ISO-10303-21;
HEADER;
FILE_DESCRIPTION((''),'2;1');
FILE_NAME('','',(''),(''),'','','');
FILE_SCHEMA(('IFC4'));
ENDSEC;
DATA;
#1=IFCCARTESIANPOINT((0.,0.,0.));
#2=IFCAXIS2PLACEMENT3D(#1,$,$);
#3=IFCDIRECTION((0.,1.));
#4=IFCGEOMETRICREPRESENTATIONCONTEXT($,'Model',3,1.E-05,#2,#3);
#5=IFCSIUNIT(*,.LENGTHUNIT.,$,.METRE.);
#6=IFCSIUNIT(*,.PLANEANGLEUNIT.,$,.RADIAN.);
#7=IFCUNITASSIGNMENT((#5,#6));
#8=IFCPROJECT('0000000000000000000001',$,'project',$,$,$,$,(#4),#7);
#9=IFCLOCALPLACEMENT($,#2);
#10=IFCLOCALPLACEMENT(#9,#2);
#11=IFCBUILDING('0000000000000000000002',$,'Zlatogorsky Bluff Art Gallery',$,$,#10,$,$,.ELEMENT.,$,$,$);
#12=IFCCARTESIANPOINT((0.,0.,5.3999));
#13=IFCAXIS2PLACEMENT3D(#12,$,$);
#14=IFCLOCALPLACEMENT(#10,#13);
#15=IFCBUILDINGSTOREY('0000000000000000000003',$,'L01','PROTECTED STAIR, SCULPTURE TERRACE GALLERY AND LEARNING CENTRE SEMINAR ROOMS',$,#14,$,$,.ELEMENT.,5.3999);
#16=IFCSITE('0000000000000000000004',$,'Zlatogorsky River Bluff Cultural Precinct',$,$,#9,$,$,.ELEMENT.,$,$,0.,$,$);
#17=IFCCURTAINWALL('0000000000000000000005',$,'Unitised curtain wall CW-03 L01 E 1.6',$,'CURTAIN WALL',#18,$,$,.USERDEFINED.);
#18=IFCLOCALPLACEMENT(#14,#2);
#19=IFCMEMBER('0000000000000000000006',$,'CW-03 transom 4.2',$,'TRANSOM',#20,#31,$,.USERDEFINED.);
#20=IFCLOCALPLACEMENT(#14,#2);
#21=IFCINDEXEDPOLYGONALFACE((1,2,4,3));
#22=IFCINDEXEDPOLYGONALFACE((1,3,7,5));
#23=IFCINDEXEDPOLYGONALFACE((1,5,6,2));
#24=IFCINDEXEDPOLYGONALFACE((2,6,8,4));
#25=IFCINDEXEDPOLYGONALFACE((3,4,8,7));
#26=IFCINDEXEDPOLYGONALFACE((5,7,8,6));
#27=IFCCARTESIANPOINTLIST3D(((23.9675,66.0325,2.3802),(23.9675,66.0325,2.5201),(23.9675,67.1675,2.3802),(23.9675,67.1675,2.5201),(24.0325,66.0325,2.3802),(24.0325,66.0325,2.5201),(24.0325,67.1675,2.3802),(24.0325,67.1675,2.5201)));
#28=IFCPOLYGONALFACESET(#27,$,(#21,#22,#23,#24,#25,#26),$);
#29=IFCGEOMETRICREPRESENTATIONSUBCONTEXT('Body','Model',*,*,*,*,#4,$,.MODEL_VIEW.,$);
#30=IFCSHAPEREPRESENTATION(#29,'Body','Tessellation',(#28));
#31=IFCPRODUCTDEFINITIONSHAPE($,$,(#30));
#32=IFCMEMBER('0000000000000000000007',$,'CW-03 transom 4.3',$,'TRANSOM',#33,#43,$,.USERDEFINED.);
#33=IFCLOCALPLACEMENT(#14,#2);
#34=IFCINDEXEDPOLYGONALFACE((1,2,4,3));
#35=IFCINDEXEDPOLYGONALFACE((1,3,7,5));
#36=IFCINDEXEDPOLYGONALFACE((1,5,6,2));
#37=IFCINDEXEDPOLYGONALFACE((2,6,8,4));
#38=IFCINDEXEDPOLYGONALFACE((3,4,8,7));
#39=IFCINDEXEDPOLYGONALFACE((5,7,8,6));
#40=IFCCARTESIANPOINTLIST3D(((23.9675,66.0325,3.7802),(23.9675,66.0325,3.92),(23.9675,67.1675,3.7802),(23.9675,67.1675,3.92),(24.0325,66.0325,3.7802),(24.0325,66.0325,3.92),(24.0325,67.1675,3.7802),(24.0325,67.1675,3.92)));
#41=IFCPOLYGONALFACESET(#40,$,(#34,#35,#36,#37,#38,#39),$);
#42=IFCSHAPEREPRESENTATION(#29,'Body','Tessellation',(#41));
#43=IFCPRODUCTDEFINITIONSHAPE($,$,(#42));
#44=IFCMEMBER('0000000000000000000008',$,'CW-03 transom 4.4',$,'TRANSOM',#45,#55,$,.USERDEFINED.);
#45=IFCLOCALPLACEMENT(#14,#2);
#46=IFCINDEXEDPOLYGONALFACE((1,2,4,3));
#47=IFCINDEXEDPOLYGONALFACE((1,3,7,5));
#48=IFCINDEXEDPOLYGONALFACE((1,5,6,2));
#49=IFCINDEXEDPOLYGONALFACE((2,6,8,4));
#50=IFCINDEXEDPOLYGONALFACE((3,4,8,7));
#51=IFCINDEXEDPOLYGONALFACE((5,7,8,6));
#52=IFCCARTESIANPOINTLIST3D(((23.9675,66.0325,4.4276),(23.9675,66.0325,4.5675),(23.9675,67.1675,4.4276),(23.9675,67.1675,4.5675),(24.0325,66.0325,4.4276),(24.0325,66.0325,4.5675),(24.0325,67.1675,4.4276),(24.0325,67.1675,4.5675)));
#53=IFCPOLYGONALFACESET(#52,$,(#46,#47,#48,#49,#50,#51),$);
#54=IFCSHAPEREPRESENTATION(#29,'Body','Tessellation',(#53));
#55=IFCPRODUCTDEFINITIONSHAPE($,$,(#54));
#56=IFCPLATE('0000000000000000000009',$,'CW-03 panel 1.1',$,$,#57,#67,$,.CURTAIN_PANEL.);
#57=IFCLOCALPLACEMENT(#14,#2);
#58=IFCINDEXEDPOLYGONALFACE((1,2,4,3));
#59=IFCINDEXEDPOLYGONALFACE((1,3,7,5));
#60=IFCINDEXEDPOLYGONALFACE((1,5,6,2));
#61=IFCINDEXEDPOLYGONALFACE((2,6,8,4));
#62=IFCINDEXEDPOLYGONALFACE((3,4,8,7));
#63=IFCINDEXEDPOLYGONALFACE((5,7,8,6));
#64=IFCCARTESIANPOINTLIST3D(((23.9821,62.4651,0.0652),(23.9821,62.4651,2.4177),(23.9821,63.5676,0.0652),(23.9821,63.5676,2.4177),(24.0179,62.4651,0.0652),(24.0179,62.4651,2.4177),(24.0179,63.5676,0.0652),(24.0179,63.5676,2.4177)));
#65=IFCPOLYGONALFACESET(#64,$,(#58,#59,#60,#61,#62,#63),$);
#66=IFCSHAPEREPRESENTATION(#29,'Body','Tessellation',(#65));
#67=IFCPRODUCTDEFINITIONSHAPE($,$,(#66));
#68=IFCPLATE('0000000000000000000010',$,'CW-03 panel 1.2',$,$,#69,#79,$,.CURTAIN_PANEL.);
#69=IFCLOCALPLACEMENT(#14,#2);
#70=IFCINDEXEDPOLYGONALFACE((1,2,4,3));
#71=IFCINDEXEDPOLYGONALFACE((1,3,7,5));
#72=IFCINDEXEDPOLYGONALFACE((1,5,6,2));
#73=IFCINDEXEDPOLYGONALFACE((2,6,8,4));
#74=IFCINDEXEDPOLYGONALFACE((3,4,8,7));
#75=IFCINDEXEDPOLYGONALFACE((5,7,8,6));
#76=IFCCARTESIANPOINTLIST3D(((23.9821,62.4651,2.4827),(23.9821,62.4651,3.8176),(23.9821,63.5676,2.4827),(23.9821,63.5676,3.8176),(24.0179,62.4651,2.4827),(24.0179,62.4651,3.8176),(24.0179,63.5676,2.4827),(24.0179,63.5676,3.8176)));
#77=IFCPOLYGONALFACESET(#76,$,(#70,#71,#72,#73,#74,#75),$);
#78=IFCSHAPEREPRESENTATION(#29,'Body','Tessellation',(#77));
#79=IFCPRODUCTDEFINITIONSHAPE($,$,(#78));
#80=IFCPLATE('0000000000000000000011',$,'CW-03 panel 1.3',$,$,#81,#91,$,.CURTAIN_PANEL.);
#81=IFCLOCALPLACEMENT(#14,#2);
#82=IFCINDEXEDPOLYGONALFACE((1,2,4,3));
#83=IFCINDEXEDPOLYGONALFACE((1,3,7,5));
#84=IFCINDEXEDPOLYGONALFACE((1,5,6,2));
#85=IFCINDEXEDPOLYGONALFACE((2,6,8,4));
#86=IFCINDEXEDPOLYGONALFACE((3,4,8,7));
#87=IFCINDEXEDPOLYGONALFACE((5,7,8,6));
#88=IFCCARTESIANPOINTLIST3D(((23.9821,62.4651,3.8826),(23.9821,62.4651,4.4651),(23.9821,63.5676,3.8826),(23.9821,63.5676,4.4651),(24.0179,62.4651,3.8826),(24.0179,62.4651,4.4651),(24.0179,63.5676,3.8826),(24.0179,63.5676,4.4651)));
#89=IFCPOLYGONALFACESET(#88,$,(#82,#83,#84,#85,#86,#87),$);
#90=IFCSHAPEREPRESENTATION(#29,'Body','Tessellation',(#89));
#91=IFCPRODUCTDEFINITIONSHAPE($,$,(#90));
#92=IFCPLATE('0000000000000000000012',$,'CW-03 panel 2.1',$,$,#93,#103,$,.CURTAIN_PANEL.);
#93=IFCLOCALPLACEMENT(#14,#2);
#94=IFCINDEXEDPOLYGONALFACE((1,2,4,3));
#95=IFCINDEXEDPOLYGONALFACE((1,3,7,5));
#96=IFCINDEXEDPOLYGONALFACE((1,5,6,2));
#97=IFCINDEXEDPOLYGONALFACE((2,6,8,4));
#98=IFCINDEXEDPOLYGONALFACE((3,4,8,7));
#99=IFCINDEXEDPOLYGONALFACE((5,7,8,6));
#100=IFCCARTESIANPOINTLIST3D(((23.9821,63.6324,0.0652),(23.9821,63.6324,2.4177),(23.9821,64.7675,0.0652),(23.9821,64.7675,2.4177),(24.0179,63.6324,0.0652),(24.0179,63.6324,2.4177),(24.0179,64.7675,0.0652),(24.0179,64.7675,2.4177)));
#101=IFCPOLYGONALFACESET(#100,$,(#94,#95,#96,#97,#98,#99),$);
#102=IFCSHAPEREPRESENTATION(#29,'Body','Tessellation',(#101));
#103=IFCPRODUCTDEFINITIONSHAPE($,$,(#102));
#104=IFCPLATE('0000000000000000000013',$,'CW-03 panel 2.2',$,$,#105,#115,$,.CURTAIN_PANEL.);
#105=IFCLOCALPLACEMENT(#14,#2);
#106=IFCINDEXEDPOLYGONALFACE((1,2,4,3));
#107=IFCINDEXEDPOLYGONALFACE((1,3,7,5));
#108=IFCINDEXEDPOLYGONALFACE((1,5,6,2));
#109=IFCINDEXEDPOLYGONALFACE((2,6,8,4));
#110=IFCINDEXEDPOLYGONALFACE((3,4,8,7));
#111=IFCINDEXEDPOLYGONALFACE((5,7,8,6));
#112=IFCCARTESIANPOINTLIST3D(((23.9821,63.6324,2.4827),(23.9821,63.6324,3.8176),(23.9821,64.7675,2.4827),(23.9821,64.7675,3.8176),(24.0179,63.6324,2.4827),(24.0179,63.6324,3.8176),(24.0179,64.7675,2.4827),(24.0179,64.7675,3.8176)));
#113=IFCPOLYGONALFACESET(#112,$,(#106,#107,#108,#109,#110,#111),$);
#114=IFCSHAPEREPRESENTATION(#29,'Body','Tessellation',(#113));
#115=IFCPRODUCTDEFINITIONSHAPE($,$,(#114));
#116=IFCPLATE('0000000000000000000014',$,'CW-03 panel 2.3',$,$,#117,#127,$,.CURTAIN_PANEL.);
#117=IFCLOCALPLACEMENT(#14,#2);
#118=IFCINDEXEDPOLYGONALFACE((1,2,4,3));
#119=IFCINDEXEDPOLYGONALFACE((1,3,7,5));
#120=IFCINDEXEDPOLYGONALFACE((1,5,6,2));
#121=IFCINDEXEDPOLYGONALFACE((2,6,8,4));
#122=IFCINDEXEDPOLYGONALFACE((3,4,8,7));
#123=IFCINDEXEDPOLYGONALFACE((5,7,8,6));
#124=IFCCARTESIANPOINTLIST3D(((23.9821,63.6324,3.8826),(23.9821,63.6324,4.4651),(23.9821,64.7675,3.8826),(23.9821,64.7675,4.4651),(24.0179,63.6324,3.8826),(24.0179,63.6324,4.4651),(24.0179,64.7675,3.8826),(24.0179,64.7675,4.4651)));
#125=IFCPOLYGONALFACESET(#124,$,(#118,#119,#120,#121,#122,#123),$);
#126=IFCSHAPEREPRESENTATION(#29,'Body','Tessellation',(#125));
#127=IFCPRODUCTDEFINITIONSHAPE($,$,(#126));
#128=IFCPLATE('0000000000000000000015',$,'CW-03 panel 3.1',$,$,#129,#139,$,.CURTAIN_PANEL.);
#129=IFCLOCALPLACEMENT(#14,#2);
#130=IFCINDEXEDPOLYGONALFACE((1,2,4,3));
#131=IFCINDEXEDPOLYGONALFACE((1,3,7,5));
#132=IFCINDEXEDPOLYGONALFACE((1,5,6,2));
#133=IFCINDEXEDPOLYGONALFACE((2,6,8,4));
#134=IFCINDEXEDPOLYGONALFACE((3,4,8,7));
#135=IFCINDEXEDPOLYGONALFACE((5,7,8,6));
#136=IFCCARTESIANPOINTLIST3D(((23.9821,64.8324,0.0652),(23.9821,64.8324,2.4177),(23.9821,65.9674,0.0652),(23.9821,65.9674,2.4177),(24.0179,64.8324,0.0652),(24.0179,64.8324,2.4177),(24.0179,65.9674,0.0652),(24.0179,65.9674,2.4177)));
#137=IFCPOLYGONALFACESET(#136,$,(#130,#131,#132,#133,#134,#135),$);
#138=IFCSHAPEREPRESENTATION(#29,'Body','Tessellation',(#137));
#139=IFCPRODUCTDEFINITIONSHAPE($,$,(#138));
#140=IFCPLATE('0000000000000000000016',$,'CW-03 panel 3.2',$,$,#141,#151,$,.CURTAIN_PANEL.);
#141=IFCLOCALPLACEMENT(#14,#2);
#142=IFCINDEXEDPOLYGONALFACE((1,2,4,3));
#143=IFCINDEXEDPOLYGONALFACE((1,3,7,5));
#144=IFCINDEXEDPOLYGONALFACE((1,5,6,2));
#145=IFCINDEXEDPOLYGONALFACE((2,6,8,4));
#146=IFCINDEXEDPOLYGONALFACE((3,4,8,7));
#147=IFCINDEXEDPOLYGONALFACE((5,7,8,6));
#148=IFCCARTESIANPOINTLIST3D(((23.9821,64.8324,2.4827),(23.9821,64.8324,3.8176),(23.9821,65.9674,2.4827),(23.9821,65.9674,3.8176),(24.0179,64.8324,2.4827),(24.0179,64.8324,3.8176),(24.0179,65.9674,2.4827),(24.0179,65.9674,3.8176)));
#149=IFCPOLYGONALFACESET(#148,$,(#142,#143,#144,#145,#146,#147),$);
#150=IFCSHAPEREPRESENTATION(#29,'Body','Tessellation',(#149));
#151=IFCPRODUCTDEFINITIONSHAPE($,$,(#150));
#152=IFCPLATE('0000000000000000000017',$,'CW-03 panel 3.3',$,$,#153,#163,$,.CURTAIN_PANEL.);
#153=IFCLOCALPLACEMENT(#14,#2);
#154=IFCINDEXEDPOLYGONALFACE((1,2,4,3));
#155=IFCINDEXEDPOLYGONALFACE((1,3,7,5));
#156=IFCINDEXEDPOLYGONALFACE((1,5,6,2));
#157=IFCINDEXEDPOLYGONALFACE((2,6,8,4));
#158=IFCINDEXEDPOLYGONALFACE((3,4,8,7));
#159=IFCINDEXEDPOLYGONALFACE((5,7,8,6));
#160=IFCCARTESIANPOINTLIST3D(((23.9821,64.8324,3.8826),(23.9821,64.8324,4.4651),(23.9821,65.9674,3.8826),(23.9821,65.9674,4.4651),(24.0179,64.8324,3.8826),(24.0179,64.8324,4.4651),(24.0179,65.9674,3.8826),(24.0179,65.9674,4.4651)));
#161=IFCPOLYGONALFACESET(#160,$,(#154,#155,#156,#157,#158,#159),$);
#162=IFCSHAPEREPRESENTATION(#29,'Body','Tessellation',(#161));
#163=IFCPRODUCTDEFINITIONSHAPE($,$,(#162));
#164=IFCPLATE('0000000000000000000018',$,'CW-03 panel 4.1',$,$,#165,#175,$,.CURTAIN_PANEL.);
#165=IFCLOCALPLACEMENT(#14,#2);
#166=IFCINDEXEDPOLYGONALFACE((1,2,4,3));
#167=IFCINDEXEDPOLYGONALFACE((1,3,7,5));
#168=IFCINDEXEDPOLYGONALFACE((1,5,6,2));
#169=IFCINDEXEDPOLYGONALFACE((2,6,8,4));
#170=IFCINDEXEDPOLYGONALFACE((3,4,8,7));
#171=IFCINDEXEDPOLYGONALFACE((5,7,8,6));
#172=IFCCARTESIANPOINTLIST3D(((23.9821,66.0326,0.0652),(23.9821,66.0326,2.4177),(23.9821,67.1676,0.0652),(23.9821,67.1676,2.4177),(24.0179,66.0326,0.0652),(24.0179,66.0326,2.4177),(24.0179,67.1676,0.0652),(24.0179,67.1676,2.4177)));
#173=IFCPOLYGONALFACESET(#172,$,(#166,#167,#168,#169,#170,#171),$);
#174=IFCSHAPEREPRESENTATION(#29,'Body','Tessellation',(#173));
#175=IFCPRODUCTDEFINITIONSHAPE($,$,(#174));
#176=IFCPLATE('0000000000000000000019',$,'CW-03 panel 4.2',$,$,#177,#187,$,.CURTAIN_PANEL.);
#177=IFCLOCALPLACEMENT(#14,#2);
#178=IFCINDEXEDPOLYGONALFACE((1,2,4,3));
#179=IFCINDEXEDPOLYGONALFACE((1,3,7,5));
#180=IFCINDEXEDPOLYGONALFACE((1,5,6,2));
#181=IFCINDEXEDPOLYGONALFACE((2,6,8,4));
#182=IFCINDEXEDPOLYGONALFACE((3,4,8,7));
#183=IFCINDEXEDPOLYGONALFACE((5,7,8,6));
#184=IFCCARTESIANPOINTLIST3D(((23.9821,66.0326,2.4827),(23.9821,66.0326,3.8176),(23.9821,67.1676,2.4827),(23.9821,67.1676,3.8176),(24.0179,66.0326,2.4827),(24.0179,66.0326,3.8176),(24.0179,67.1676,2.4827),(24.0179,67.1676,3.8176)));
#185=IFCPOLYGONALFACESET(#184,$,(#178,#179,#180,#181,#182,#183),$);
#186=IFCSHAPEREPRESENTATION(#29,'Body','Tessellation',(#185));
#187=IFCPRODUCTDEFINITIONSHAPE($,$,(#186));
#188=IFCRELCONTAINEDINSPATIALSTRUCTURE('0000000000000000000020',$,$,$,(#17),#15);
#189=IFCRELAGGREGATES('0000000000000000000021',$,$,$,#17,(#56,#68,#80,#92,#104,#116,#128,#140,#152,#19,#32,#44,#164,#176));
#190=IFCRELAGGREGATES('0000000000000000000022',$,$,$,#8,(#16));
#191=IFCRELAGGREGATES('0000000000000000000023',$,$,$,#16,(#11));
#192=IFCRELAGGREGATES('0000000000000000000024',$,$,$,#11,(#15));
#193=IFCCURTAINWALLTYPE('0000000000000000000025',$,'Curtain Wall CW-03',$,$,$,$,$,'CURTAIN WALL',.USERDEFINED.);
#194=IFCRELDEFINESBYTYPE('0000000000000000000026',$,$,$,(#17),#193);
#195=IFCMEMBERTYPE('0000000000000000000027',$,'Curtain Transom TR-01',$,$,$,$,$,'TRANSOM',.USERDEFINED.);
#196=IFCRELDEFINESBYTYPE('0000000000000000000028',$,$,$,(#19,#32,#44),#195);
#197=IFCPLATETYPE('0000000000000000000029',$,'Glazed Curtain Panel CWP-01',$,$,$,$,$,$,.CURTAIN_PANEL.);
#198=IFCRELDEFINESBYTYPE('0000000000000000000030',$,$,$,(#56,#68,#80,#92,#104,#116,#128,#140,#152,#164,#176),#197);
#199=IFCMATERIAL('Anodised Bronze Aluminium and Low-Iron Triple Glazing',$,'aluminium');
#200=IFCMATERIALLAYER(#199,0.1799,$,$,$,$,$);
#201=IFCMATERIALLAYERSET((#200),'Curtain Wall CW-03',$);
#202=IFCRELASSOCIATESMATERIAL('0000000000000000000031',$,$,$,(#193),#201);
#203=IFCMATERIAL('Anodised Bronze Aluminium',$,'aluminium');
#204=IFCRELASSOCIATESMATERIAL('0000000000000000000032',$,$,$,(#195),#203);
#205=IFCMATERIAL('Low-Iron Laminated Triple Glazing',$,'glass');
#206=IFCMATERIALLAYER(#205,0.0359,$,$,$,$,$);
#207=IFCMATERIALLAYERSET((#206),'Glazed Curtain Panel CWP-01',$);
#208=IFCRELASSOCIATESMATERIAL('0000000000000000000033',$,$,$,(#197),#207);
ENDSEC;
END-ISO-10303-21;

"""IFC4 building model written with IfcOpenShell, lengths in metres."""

from ifc_helpers import new_model, si_unit, direction, frame, origin, origin_2d, place, context, subcontext, project, spatial, rectangle, extrude, material, layer, layer_set, material_profile, profile_set, type_object, element, aggregate, save


model = new_model("IFC4")

# Units and contexts
model_context = context("Model", 3, precision=1e-05, world=origin(), true_north=direction((0.0, 1.0)))
body_context = subcontext(model_context, "Body", "Model", "MODEL_VIEW")
ifc_project = project(units=[si_unit("LENGTHUNIT", "METRE"), si_unit("PLANEANGLEUNIT", "RADIAN")], contexts=[model_context])

# Site, building, storey
site_placement = place(None, origin())
site = spatial("IfcSite", under=ifc_project, at=site_placement, Name="Zlatogorsky River Bluff Cultural Precinct", CompositionType="ELEMENT", RefElevation=0.0)
building_placement = place(site_placement, origin())
building = spatial("IfcBuilding", under=site, at=building_placement, Name="Zlatogorsky Bluff Art Gallery", CompositionType="ELEMENT")
storey_placement = place(building_placement, frame((0.0, 0.0, 5.3999)))
storey = spatial("IfcBuildingStorey", under=building, at=storey_placement, Name="L01", Description="PROTECTED STAIR, SCULPTURE TERRACE GALLERY AND LEARNING CENTRE SEMINAR ROOMS", CompositionType="ELEMENT", Elevation=5.3999)

# Curtain wall, members, plates
ifc_material_1 = material(Name="Anodised Bronze Aluminium and Low-Iron Triple Glazing", Category="aluminium")
ifc_layer_1 = layer(ifc_material_1, 0.1799)
ifc_layer_set_1 = layer_set([ifc_layer_1], Name="Curtain Wall CW-03")
curtain_wall_type = type_object("IfcCurtainWallType", Name="Curtain Wall CW-03", ElementType="CURTAIN WALL", PredefinedType="USERDEFINED", material=ifc_layer_set_1)
curtain_wall_placement = place(storey_placement, origin())
curtain_wall = element("IfcCurtainWall", 1, at=curtain_wall_placement, inside=storey, type_object=curtain_wall_type, Name="Unitised curtain wall CW-03 L01 E 1.6", ObjectType="CURTAIN WALL", PredefinedType="USERDEFINED")
ifc_material_2 = material(Name="Anodised Bronze Aluminium", Category="aluminium")
ifc_material_profile_1 = material_profile(ifc_material_2, rectangle(XDim=0.0649, YDim=0.1399, at=origin_2d()), Name="ALU TRANSOM 65x140")
ifc_profile_set_1 = profile_set([ifc_material_profile_1], Name="Anodised Bronze Aluminium")
member_type_1 = type_object("IfcMemberType", Name="Curtain Transom TR-01", ElementType="TRANSOM", PredefinedType="USERDEFINED", material=ifc_profile_set_1)
member_1_placement = place(storey_placement, frame((24.0, 66.0325, 2.4502), z_axis=(0.0, 1.0, 0.0), x_axis=(-1.0, 0.0, 0.0)))
member_1 = element("IfcMember", 2, at=member_1_placement, type_object=member_type_1, Name="CW-03 transom 4.2", ObjectType="TRANSOM", PredefinedType="USERDEFINED", context=body_context, shape_type="SweptSolid", body=[
    extrude(rectangle(XDim=0.0649, YDim=0.1399, at=origin_2d()), origin(), (0.0, 0.0, 1.0), 1.135),
])
member_2_placement = place(storey_placement, frame((24.0, 66.0325, 3.8501), z_axis=(0.0, 1.0, 0.0), x_axis=(-1.0, 0.0, 0.0)))
member_2 = element("IfcMember", 3, at=member_2_placement, type_object=member_type_1, Name="CW-03 transom 4.3", ObjectType="TRANSOM", PredefinedType="USERDEFINED", context=body_context, shape_type="SweptSolid", body=[
    extrude(rectangle(XDim=0.0649, YDim=0.1399, at=origin_2d()), origin(), (0.0, 0.0, 1.0), 1.135),
])
member_3_placement = place(storey_placement, frame((24.0, 66.0325, 4.4976), z_axis=(0.0, 1.0, 0.0), x_axis=(-1.0, 0.0, 0.0)))
member_3 = element("IfcMember", 4, at=member_3_placement, type_object=member_type_1, Name="CW-03 transom 4.4", ObjectType="TRANSOM", PredefinedType="USERDEFINED", context=body_context, shape_type="SweptSolid", body=[
    extrude(rectangle(XDim=0.0649, YDim=0.1399, at=origin_2d()), origin(), (0.0, 0.0, 1.0), 1.135),
])
ifc_material_3 = material(Name="Low-Iron Laminated Triple Glazing", Category="glass")
ifc_layer_2 = layer(ifc_material_3, 0.0359)
ifc_layer_set_2 = layer_set([ifc_layer_2], Name="Glazed Curtain Panel CWP-01")
plate_type = type_object("IfcPlateType", Name="Glazed Curtain Panel CWP-01", PredefinedType="CURTAIN_PANEL", material=ifc_layer_set_2)
plate_1_placement = place(storey_placement, frame((24.0, 63.0164, 0.0652), z_axis=(0.0, 0.0, 1.0), x_axis=(0.0, 1.0, 0.0)))
plate_1 = element("IfcPlate", 5, at=plate_1_placement, type_object=plate_type, Name="CW-03 panel 1.1", PredefinedType="CURTAIN_PANEL", context=body_context, shape_type="SweptSolid", body=[
    extrude(rectangle(XDim=1.1025, YDim=0.0359, at=origin_2d()), origin(), (0.0, 0.0, 1.0), 2.3525),
])
plate_2_placement = place(storey_placement, frame((24.0, 63.0164, 2.4827), z_axis=(0.0, 0.0, 1.0), x_axis=(0.0, 1.0, 0.0)))
plate_2 = element("IfcPlate", 6, at=plate_2_placement, type_object=plate_type, Name="CW-03 panel 1.2", PredefinedType="CURTAIN_PANEL", context=body_context, shape_type="SweptSolid", body=[
    extrude(rectangle(XDim=1.1025, YDim=0.0359, at=origin_2d()), origin(), (0.0, 0.0, 1.0), 1.335),
])
plate_3_placement = place(storey_placement, frame((24.0, 63.0164, 3.8826), z_axis=(0.0, 0.0, 1.0), x_axis=(0.0, 1.0, 0.0)))
plate_3 = element("IfcPlate", 7, at=plate_3_placement, type_object=plate_type, Name="CW-03 panel 1.3", PredefinedType="CURTAIN_PANEL", context=body_context, shape_type="SweptSolid", body=[
    extrude(rectangle(XDim=1.1025, YDim=0.0359, at=origin_2d()), origin(), (0.0, 0.0, 1.0), 0.5825),
])
plate_4_placement = place(storey_placement, frame((24.0, 64.2, 0.0652), z_axis=(0.0, 0.0, 1.0), x_axis=(0.0, 1.0, 0.0)))
plate_4 = element("IfcPlate", 8, at=plate_4_placement, type_object=plate_type, Name="CW-03 panel 2.1", PredefinedType="CURTAIN_PANEL", context=body_context, shape_type="SweptSolid", body=[
    extrude(rectangle(XDim=1.135, YDim=0.0359, at=origin_2d()), origin(), (0.0, 0.0, 1.0), 2.3525),
])
plate_5_placement = place(storey_placement, frame((24.0, 64.2, 2.4827), z_axis=(0.0, 0.0, 1.0), x_axis=(0.0, 1.0, 0.0)))
plate_5 = element("IfcPlate", 9, at=plate_5_placement, type_object=plate_type, Name="CW-03 panel 2.2", PredefinedType="CURTAIN_PANEL", context=body_context, shape_type="SweptSolid", body=[
    extrude(rectangle(XDim=1.135, YDim=0.0359, at=origin_2d()), origin(), (0.0, 0.0, 1.0), 1.335),
])
plate_6_placement = place(storey_placement, frame((24.0, 64.2, 3.8826), z_axis=(0.0, 0.0, 1.0), x_axis=(0.0, 1.0, 0.0)))
plate_6 = element("IfcPlate", 10, at=plate_6_placement, type_object=plate_type, Name="CW-03 panel 2.3", PredefinedType="CURTAIN_PANEL", context=body_context, shape_type="SweptSolid", body=[
    extrude(rectangle(XDim=1.135, YDim=0.0359, at=origin_2d()), origin(), (0.0, 0.0, 1.0), 0.5825),
])
plate_7_placement = place(storey_placement, frame((24.0, 65.3999, 0.0652), z_axis=(0.0, 0.0, 1.0), x_axis=(0.0, 1.0, 0.0)))
plate_7 = element("IfcPlate", 11, at=plate_7_placement, type_object=plate_type, Name="CW-03 panel 3.1", PredefinedType="CURTAIN_PANEL", context=body_context, shape_type="SweptSolid", body=[
    extrude(rectangle(XDim=1.135, YDim=0.0359, at=origin_2d()), origin(), (0.0, 0.0, 1.0), 2.3525),
])
plate_8_placement = place(storey_placement, frame((24.0, 65.3999, 2.4827), z_axis=(0.0, 0.0, 1.0), x_axis=(0.0, 1.0, 0.0)))
plate_8 = element("IfcPlate", 12, at=plate_8_placement, type_object=plate_type, Name="CW-03 panel 3.2", PredefinedType="CURTAIN_PANEL", context=body_context, shape_type="SweptSolid", body=[
    extrude(rectangle(XDim=1.135, YDim=0.0359, at=origin_2d()), origin(), (0.0, 0.0, 1.0), 1.335),
])
plate_9_placement = place(storey_placement, frame((24.0, 65.3999, 3.8826), z_axis=(0.0, 0.0, 1.0), x_axis=(0.0, 1.0, 0.0)))
plate_9 = element("IfcPlate", 13, at=plate_9_placement, type_object=plate_type, Name="CW-03 panel 3.3", PredefinedType="CURTAIN_PANEL", context=body_context, shape_type="SweptSolid", body=[
    extrude(rectangle(XDim=1.135, YDim=0.0359, at=origin_2d()), origin(), (0.0, 0.0, 1.0), 0.5825),
])
plate_10_placement = place(storey_placement, frame((24.0, 66.6001, 0.0652), z_axis=(0.0, 0.0, 1.0), x_axis=(0.0, 1.0, 0.0)))
plate_10 = element("IfcPlate", 14, at=plate_10_placement, type_object=plate_type, Name="CW-03 panel 4.1", PredefinedType="CURTAIN_PANEL", context=body_context, shape_type="SweptSolid", body=[
    extrude(rectangle(XDim=1.135, YDim=0.0359, at=origin_2d()), origin(), (0.0, 0.0, 1.0), 2.3525),
])
plate_11_placement = place(storey_placement, frame((24.0, 66.6001, 2.4827), z_axis=(0.0, 0.0, 1.0), x_axis=(0.0, 1.0, 0.0)))
plate_11 = element("IfcPlate", 15, at=plate_11_placement, type_object=plate_type, Name="CW-03 panel 4.2", PredefinedType="CURTAIN_PANEL", context=body_context, shape_type="SweptSolid", body=[
    extrude(rectangle(XDim=1.135, YDim=0.0359, at=origin_2d()), origin(), (0.0, 0.0, 1.0), 1.335),
])
aggregate(curtain_wall, [plate_1, plate_2, plate_3, plate_4, plate_5, plate_6, plate_7, plate_8, plate_9, member_1, member_2, member_3, plate_10, plate_11])

save(model, "model.ifc")
